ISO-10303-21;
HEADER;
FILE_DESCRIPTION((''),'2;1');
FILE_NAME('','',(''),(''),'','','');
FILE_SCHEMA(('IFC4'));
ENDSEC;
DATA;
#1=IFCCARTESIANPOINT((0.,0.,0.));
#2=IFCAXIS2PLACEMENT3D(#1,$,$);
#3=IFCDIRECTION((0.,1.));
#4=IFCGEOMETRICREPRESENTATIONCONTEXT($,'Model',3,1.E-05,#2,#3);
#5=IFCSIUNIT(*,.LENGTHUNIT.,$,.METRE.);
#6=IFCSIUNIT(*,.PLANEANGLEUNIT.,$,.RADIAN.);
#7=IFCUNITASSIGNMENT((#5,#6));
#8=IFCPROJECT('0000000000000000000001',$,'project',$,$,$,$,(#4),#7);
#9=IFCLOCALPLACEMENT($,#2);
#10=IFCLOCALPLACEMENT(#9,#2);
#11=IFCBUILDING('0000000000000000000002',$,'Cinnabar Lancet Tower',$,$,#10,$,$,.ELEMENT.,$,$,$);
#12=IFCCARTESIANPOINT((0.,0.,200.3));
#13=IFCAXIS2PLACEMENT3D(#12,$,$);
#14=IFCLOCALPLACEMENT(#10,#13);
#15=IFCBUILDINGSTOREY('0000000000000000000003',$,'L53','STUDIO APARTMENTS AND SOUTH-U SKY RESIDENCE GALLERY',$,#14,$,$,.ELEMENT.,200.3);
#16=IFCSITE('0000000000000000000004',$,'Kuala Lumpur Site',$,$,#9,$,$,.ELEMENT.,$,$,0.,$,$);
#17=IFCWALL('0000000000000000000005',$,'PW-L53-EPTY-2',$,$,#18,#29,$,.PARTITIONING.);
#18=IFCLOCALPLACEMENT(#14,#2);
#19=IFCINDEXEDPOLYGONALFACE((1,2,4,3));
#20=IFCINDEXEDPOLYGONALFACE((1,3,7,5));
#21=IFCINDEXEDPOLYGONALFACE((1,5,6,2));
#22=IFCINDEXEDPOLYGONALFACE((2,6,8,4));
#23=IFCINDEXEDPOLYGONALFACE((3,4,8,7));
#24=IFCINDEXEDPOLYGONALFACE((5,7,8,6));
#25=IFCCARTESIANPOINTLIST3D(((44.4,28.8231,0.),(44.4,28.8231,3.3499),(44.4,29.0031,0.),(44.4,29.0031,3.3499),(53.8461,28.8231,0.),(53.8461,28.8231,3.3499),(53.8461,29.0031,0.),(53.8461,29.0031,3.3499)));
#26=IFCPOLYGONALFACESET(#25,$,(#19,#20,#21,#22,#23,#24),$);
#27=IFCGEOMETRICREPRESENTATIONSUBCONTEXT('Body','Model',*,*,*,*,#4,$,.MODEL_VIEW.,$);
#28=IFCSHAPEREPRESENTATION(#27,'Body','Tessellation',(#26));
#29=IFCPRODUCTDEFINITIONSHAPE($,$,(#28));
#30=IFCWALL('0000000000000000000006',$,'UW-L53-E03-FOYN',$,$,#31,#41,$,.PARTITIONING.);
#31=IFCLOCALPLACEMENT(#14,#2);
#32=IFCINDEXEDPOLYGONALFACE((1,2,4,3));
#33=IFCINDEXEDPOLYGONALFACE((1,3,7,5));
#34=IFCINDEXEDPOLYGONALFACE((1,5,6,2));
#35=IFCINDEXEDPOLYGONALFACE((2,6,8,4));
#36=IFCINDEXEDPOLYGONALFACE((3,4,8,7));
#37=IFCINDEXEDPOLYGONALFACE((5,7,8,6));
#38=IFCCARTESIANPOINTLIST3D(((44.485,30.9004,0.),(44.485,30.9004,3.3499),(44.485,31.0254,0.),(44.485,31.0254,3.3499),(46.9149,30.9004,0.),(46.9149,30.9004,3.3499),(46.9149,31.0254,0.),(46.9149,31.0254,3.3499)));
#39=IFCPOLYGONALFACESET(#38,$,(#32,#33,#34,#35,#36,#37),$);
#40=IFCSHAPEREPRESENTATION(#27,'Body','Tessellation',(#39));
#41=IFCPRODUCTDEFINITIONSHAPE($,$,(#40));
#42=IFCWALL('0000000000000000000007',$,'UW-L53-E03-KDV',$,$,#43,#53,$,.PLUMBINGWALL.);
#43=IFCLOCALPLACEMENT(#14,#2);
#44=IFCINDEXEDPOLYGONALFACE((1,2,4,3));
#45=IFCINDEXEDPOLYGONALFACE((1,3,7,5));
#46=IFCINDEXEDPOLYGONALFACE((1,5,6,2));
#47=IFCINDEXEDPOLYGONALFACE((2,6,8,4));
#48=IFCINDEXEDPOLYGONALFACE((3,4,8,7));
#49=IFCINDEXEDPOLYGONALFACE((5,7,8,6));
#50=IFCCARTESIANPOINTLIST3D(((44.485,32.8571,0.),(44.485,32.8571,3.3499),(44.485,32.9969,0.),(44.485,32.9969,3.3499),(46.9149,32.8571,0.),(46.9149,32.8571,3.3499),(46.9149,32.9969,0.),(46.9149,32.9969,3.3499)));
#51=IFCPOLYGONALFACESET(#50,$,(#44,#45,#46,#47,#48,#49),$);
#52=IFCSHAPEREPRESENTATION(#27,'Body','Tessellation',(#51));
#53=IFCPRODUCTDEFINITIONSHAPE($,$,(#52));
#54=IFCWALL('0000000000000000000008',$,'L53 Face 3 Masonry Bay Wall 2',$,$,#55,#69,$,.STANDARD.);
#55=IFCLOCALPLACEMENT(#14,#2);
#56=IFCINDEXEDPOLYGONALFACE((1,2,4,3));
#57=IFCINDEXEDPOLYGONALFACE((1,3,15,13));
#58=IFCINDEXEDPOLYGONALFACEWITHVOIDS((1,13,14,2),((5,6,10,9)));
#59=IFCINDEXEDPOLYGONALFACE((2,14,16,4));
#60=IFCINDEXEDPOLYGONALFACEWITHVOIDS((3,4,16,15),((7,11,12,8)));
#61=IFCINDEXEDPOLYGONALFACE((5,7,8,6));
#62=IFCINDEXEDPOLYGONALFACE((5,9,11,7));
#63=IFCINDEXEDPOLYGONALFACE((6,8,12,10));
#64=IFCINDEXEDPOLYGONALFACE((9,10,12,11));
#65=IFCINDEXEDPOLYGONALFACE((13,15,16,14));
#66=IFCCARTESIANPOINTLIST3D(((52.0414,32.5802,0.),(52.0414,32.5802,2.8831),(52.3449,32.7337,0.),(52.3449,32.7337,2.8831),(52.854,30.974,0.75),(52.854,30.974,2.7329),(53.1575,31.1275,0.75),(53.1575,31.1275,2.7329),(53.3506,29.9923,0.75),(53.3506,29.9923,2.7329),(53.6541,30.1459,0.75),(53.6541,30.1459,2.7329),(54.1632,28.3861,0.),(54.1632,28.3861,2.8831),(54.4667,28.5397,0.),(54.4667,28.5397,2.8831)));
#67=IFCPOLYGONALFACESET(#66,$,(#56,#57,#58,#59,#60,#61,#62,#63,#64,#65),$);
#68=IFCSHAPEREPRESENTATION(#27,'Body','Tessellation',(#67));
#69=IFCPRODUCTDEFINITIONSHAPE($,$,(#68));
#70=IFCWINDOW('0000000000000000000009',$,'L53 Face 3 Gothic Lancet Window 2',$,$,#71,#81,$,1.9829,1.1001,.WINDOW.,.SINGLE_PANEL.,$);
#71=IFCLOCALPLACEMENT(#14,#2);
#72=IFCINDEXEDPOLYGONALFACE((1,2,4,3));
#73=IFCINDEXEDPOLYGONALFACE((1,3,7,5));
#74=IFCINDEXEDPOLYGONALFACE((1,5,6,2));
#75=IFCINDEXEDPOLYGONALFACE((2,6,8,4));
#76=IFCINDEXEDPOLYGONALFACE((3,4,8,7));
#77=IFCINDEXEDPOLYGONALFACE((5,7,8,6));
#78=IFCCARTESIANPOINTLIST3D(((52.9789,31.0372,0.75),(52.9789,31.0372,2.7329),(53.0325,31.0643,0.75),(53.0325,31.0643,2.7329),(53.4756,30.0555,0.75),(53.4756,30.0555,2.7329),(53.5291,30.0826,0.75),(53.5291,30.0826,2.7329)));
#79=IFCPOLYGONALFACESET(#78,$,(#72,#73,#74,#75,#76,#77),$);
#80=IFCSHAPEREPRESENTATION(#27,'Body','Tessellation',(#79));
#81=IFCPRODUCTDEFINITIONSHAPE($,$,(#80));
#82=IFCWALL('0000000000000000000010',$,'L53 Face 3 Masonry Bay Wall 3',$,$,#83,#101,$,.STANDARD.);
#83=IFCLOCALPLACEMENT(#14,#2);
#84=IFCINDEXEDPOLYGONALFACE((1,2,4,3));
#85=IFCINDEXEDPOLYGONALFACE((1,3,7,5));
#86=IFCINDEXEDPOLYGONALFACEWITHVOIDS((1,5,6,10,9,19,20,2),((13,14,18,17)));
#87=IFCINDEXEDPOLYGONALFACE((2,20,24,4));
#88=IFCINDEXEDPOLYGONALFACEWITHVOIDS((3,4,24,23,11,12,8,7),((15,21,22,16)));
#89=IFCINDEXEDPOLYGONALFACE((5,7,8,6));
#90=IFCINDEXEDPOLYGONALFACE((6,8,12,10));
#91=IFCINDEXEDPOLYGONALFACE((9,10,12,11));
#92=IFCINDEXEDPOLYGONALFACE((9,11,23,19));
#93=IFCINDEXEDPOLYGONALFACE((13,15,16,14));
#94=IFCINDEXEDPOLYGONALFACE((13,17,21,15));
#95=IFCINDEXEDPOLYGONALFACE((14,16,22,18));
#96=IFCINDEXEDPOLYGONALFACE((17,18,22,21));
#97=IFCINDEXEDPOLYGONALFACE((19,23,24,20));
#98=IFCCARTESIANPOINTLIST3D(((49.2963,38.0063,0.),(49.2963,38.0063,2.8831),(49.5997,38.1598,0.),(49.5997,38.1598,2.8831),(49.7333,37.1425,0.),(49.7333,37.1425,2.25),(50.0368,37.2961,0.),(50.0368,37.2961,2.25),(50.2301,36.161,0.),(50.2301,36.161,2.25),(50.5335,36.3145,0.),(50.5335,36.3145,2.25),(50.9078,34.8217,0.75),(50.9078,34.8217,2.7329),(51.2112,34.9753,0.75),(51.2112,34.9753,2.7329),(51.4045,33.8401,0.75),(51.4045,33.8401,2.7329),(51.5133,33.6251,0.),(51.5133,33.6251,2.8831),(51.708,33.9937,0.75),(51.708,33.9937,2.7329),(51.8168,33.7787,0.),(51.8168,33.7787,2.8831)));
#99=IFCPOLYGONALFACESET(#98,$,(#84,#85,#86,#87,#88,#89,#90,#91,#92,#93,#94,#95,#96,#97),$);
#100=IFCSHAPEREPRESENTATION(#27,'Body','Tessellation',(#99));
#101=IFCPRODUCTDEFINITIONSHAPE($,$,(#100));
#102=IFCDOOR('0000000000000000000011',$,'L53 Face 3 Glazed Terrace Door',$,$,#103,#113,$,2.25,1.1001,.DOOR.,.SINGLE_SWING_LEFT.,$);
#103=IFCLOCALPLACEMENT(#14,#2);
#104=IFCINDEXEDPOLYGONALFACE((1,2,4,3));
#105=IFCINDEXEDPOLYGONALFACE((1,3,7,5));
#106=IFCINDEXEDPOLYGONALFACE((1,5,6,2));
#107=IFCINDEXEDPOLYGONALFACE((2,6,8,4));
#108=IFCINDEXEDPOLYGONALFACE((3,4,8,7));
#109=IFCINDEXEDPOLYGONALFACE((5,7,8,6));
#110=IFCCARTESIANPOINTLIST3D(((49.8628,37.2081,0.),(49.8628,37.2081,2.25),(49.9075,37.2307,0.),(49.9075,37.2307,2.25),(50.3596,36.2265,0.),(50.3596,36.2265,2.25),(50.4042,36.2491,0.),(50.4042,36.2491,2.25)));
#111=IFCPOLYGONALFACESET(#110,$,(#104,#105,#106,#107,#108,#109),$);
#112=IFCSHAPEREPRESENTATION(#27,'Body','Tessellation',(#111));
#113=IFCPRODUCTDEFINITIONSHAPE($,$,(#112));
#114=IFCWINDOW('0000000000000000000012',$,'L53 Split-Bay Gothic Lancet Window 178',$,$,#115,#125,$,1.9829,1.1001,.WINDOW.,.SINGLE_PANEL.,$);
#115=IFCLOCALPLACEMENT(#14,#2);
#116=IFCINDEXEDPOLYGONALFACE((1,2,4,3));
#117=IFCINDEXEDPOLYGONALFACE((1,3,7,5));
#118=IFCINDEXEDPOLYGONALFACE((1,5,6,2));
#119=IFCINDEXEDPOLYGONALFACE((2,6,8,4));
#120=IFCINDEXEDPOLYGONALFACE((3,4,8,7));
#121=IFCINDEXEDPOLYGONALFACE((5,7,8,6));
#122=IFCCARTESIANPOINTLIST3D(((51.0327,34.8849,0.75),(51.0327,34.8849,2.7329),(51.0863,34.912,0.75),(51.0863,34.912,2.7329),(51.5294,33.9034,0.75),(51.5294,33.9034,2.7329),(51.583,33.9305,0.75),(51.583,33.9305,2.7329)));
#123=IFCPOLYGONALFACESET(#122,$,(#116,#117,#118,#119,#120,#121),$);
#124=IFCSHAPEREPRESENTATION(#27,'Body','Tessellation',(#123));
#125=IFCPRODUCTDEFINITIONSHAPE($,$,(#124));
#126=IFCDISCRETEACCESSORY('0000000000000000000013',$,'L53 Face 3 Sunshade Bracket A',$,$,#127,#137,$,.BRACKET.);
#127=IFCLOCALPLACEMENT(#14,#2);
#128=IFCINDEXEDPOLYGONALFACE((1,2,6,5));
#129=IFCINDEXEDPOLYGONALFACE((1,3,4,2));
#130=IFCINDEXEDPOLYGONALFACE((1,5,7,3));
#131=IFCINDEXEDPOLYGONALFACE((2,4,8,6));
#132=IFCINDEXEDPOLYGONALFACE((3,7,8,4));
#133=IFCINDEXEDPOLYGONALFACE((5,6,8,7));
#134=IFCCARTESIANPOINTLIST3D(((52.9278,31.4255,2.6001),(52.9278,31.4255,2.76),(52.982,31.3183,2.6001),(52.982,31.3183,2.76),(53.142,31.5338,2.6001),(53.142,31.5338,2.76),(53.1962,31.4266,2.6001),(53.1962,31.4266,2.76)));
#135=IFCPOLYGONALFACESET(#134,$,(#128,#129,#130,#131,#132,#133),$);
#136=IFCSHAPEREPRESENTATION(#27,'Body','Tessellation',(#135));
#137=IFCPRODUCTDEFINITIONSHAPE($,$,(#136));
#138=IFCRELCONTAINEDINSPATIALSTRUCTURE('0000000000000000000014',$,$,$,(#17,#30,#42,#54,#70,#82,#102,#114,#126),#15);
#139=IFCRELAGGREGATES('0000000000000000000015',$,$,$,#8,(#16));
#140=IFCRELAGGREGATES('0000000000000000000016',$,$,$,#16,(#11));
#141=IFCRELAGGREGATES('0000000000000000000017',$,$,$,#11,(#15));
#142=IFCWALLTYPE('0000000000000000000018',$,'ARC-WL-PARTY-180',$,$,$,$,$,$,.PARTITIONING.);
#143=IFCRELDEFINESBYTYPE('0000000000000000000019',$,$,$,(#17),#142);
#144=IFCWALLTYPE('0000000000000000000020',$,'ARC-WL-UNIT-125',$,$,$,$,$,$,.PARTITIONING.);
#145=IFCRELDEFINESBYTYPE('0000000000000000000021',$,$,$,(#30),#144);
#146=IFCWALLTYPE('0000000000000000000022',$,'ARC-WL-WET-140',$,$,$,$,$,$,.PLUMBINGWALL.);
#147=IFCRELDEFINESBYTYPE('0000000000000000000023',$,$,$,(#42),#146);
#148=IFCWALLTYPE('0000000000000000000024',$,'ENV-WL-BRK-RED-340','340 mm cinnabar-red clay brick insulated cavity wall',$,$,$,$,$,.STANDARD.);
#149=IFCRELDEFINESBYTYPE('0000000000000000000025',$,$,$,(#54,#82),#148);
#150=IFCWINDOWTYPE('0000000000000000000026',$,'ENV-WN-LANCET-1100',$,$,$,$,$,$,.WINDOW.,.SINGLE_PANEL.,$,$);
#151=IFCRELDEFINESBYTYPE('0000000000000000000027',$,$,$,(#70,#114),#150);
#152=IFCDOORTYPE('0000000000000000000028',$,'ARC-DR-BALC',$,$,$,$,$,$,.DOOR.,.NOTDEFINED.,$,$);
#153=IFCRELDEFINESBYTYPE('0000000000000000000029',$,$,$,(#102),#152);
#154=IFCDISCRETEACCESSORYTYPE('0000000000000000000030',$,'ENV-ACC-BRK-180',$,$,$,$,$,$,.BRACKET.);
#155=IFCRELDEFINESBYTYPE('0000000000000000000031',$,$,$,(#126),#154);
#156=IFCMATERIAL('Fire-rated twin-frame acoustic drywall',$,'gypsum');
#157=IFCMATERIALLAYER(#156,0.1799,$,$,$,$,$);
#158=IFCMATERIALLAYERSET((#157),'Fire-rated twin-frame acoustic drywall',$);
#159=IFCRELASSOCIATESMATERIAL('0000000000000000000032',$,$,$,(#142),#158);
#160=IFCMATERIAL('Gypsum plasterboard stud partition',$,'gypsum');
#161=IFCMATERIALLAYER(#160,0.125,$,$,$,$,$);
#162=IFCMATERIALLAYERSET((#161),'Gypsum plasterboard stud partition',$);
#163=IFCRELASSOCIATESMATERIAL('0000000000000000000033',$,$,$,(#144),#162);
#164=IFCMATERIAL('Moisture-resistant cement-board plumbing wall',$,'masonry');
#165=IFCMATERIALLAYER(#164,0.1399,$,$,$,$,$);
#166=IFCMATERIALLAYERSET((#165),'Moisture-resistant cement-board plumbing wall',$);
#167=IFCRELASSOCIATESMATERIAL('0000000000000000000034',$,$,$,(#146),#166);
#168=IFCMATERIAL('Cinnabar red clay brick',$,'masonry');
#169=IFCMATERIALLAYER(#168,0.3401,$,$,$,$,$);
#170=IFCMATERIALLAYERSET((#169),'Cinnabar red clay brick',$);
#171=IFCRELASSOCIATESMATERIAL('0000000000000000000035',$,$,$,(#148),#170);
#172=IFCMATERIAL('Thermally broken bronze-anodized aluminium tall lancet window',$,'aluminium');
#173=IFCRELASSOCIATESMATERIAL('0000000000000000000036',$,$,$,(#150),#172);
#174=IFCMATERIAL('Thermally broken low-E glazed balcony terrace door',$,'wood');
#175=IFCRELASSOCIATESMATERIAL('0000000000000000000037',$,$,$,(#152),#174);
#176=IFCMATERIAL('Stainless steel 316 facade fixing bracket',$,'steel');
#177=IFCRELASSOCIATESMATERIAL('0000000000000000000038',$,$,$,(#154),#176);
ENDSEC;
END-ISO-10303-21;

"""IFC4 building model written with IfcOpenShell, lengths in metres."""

from ifc_helpers import new_model, si_unit, direction, frame, frame_2d, origin, origin_2d, place, context, subcontext, project, spatial, rectangle, extrude, material, layer, layer_set, type_object, element, fill, save


model = new_model("IFC4")

# Units and contexts
model_context = context("Model", 3, precision=1e-05, world=origin(), true_north=direction((0.0, 1.0)))
body_context = subcontext(model_context, "Body", "Model", "MODEL_VIEW")
ifc_project = project(units=[si_unit("LENGTHUNIT", "METRE"), si_unit("PLANEANGLEUNIT", "RADIAN")], contexts=[model_context])

# Site, building, storey
site_placement = place(None, origin())
site = spatial("IfcSite", under=ifc_project, at=site_placement, Name="Kuala Lumpur Site", CompositionType="ELEMENT", RefElevation=0.0)
building_placement = place(site_placement, origin())
building = spatial("IfcBuilding", under=site, at=building_placement, Name="Cinnabar Lancet Tower", CompositionType="ELEMENT")
storey_placement = place(building_placement, frame((0.0, 0.0, 200.3)))
storey = spatial("IfcBuildingStorey", under=building, at=storey_placement, Name="L53", Description="STUDIO APARTMENTS AND SOUTH-U SKY RESIDENCE GALLERY", CompositionType="ELEMENT", Elevation=200.3)

# Walls
ifc_material_1 = material(Name="Fire-rated twin-frame acoustic drywall", Category="gypsum")
ifc_layer_1 = layer(ifc_material_1, 0.1799)
ifc_layer_set_1 = layer_set([ifc_layer_1], Name="Fire-rated twin-frame acoustic drywall")
wall_type_1 = type_object("IfcWallType", Name="ARC-WL-PARTY-180", PredefinedType="PARTITIONING", material=ifc_layer_set_1)
wall_1_placement = place(storey_placement, frame((44.3999, 28.9131, 0.0), z_axis=(0.0, 0.0, 1.0), x_axis=(1.0, 0.0, 0.0)))
element("IfcWall", 1, at=wall_1_placement, inside=storey, type_object=wall_type_1, Name="PW-L53-EPTY-2", PredefinedType="PARTITIONING", context=body_context, shape_type="SweptSolid", body=[
    extrude(rectangle(XDim=9.446, YDim=0.1799, at=frame_2d((4.7231, 0.0))), origin(), (0.0, 0.0, 1.0), 3.3499),
])
ifc_material_2 = material(Name="Gypsum plasterboard stud partition", Category="gypsum")
ifc_layer_2 = layer(ifc_material_2, 0.125)
ifc_layer_set_2 = layer_set([ifc_layer_2], Name="Gypsum plasterboard stud partition")
wall_type_2 = type_object("IfcWallType", Name="ARC-WL-UNIT-125", PredefinedType="PARTITIONING", material=ifc_layer_set_2)
wall_2_placement = place(storey_placement, frame((44.4851, 30.9629, 0.0), z_axis=(0.0, 0.0, 1.0), x_axis=(1.0, 0.0, 0.0)))
element("IfcWall", 2, at=wall_2_placement, inside=storey, type_object=wall_type_2, Name="UW-L53-E03-FOYN", PredefinedType="PARTITIONING", context=body_context, shape_type="SweptSolid", body=[
    extrude(rectangle(XDim=2.4299, YDim=0.125, at=frame_2d((1.2148, 0.0))), origin(), (0.0, 0.0, 1.0), 3.3499),
])

# Shared definitions
ifc_material_3 = material(Name="Moisture-resistant cement-board plumbing wall", Category="masonry")
ifc_layer_3 = layer(ifc_material_3, 0.1399)
ifc_layer_set_3 = layer_set([ifc_layer_3], Name="Moisture-resistant cement-board plumbing wall")
wall_type_3 = type_object("IfcWallType", Name="ARC-WL-WET-140", PredefinedType="PLUMBINGWALL", material=ifc_layer_set_3)

# Wall
wall_3_placement = place(storey_placement, frame((44.4851, 32.927, 0.0), z_axis=(0.0, 0.0, 1.0), x_axis=(1.0, 0.0, 0.0)))
element("IfcWall", 3, at=wall_3_placement, inside=storey, type_object=wall_type_3, Name="UW-L53-E03-KDV", PredefinedType="PLUMBINGWALL", context=body_context, shape_type="SweptSolid", body=[
    extrude(rectangle(XDim=2.4299, YDim=0.1399, at=frame_2d((1.2148, 0.0))), origin(), (0.0, 0.0, 1.0), 3.3499),
])

# Wall, opening, window
ifc_material_4 = material(Name="Cinnabar red clay brick", Category="masonry")
ifc_layer_4 = layer(ifc_material_4, 0.3401)
ifc_layer_set_4 = layer_set([ifc_layer_4], Name="Cinnabar red clay brick")
wall_type_4 = type_object("IfcWallType", Name="ENV-WL-BRK-RED-340", Description="340 mm cinnabar-red clay brick insulated cavity wall", PredefinedType="STANDARD", material=ifc_layer_set_4)
wall_4_placement = place(storey_placement, frame((54.3149, 28.4629, 0.0), z_axis=(0.0, 0.0, 1.0), x_axis=(-0.451426, 0.892308, 0.0)))
wall_4 = element("IfcWall", 4, at=wall_4_placement, inside=storey, type_object=wall_type_4, Name="L53 Face 3 Masonry Bay Wall 2", PredefinedType="STANDARD", context=body_context, shape_type="SweptSolid", body=[
    extrude(rectangle(XDim=4.7002, YDim=0.3401, at=frame_2d((2.3501, 0.0))), origin(), (0.0, 0.0, 1.0), 2.8831),
])
opening_1_placement = place(wall_4_placement, frame((1.8, 0.0, 0.75)))
opening_1 = element("IfcOpeningElement", 5, at=opening_1_placement, cuts=wall_4, PredefinedType="OPENING", context=body_context, shape_type="SweptSolid", body=[
    extrude(rectangle(XDim=1.1001, YDim=1.9829, at=frame_2d((0.55, 0.9915))), frame((0.0, 0.1799, 0.0), z_axis=(0.0, -1.0, 0.0), x_axis=(1.0, 0.0, 0.0)), (0.0, 0.0, 1.0), 0.3601),
])
ifc_material_5 = material(Name="Thermally broken bronze-anodized aluminium tall lancet window", Category="aluminium")
window_type = type_object("IfcWindowType", Name="ENV-WN-LANCET-1100", PartitioningType="SINGLE_PANEL", PredefinedType="WINDOW", material=ifc_material_5)
window_1_placement = place(opening_1_placement, origin())
window_1 = element("IfcWindow", 6, at=window_1_placement, inside=storey, type_object=window_type, Name="L53 Face 3 Gothic Lancet Window 2", OverallHeight=1.9829, OverallWidth=1.1001, PartitioningType="SINGLE_PANEL", PredefinedType="WINDOW", context=body_context, shape_type="SweptSolid", body=[
    extrude(rectangle(XDim=1.1001, YDim=1.9829, at=frame_2d((0.55, 0.9915))), frame((0.0, 0.03, 0.0), z_axis=(0.0, -1.0, 0.0), x_axis=(1.0, 0.0, 0.0)), (0.0, 0.0, 1.0), 0.0601),
])
fill(opening_1, window_1)

# Wall, openings, door, window
wall_5_placement = place(storey_placement, frame((51.665, 33.7019, 0.0), z_axis=(0.0, 0.0, 1.0), x_axis=(-0.451524, 0.892259, 0.0)))
wall_5 = element("IfcWall", 7, at=wall_5_placement, inside=storey, type_object=wall_type_4, Name="L53 Face 3 Masonry Bay Wall 3", PredefinedType="STANDARD", context=body_context, shape_type="SweptSolid", body=[
    extrude(rectangle(XDim=4.9102, YDim=0.3401, at=frame_2d((2.4551, 0.0))), origin(), (0.0, 0.0, 1.0), 2.8831),
])
opening_2_placement = place(wall_5_placement, frame((2.842, 0.0, 0.0)))
opening_2 = element("IfcOpeningElement", 8, at=opening_2_placement, cuts=wall_5, PredefinedType="OPENING", context=body_context, shape_type="SweptSolid", body=[
    extrude(rectangle(XDim=1.1001, YDim=2.25, at=frame_2d((0.55, 1.125))), frame((0.0, 0.1799, 0.0), z_axis=(0.0, -1.0, 0.0), x_axis=(1.0, 0.0, 0.0)), (0.0, 0.0, 1.0), 0.3601),
])
opening_3_placement = place(wall_5_placement, frame((0.241, 0.0, 0.75)))
opening_3 = element("IfcOpeningElement", 9, at=opening_3_placement, cuts=wall_5, PredefinedType="OPENING", context=body_context, shape_type="SweptSolid", body=[
    extrude(rectangle(XDim=1.1001, YDim=1.9829, at=frame_2d((0.55, 0.9915))), frame((0.0, 0.1799, 0.0), z_axis=(0.0, -1.0, 0.0), x_axis=(1.0, 0.0, 0.0)), (0.0, 0.0, 1.0), 0.3601),
])
ifc_material_6 = material(Name="Thermally broken low-E glazed balcony terrace door", Category="wood")
door_type_1 = type_object("IfcDoorType", Name="ARC-DR-BALC", OperationType="NOTDEFINED", PredefinedType="DOOR", material=ifc_material_6)
door_1_placement = place(opening_2_placement, origin())
door_1 = element("IfcDoor", 10, at=door_1_placement, inside=storey, type_object=door_type_1, Name="L53 Face 3 Glazed Terrace Door", OperationType="SINGLE_SWING_LEFT", OverallHeight=2.25, OverallWidth=1.1001, PredefinedType="DOOR", context=body_context, shape_type="SweptSolid", body=[
    extrude(rectangle(XDim=1.1001, YDim=2.25, at=frame_2d((0.55, 1.125))), frame((0.0, 0.0249, 0.0), z_axis=(0.0, -1.0, 0.0), x_axis=(1.0, 0.0, 0.0)), (0.0, 0.0, 1.0), 0.05),
])
fill(opening_2, door_1)
window_2_placement = place(opening_3_placement, origin())
window_2 = element("IfcWindow", 11, at=window_2_placement, inside=storey, type_object=window_type, Name="L53 Split-Bay Gothic Lancet Window 178", OverallHeight=1.9829, OverallWidth=1.1001, PartitioningType="SINGLE_PANEL", PredefinedType="WINDOW", context=body_context, shape_type="SweptSolid", body=[
    extrude(rectangle(XDim=1.1001, YDim=1.9829, at=frame_2d((0.55, 0.9915))), frame((0.0, 0.03, 0.0), z_axis=(0.0, -1.0, 0.0), x_axis=(1.0, 0.0, 0.0)), (0.0, 0.0, 1.0), 0.0601),
])
fill(opening_3, window_2)

# Discrete accessory
ifc_material_7 = material(Name="Stainless steel 316 facade fixing bracket", Category="steel")
discrete_accessory_type = type_object("IfcDiscreteAccessoryType", Name="ENV-ACC-BRK-180", PredefinedType="BRACKET", material=ifc_material_7)
discrete_accessory_placement = place(storey_placement, frame((53.062, 31.426, 2.6001), z_axis=(0.0, 0.0, 1.0), x_axis=(-0.451407, 0.892318, 0.0)))
element("IfcDiscreteAccessory", 12, at=discrete_accessory_placement, inside=storey, type_object=discrete_accessory_type, Name="L53 Face 3 Sunshade Bracket A", PredefinedType="BRACKET", context=body_context, shape_type="SweptSolid", body=[
    extrude(rectangle(XDim=0.1201, YDim=0.24, at=origin_2d()), origin(), (0.0, 0.0, 1.0), 0.1599),
])

save(model, "model.ifc")
